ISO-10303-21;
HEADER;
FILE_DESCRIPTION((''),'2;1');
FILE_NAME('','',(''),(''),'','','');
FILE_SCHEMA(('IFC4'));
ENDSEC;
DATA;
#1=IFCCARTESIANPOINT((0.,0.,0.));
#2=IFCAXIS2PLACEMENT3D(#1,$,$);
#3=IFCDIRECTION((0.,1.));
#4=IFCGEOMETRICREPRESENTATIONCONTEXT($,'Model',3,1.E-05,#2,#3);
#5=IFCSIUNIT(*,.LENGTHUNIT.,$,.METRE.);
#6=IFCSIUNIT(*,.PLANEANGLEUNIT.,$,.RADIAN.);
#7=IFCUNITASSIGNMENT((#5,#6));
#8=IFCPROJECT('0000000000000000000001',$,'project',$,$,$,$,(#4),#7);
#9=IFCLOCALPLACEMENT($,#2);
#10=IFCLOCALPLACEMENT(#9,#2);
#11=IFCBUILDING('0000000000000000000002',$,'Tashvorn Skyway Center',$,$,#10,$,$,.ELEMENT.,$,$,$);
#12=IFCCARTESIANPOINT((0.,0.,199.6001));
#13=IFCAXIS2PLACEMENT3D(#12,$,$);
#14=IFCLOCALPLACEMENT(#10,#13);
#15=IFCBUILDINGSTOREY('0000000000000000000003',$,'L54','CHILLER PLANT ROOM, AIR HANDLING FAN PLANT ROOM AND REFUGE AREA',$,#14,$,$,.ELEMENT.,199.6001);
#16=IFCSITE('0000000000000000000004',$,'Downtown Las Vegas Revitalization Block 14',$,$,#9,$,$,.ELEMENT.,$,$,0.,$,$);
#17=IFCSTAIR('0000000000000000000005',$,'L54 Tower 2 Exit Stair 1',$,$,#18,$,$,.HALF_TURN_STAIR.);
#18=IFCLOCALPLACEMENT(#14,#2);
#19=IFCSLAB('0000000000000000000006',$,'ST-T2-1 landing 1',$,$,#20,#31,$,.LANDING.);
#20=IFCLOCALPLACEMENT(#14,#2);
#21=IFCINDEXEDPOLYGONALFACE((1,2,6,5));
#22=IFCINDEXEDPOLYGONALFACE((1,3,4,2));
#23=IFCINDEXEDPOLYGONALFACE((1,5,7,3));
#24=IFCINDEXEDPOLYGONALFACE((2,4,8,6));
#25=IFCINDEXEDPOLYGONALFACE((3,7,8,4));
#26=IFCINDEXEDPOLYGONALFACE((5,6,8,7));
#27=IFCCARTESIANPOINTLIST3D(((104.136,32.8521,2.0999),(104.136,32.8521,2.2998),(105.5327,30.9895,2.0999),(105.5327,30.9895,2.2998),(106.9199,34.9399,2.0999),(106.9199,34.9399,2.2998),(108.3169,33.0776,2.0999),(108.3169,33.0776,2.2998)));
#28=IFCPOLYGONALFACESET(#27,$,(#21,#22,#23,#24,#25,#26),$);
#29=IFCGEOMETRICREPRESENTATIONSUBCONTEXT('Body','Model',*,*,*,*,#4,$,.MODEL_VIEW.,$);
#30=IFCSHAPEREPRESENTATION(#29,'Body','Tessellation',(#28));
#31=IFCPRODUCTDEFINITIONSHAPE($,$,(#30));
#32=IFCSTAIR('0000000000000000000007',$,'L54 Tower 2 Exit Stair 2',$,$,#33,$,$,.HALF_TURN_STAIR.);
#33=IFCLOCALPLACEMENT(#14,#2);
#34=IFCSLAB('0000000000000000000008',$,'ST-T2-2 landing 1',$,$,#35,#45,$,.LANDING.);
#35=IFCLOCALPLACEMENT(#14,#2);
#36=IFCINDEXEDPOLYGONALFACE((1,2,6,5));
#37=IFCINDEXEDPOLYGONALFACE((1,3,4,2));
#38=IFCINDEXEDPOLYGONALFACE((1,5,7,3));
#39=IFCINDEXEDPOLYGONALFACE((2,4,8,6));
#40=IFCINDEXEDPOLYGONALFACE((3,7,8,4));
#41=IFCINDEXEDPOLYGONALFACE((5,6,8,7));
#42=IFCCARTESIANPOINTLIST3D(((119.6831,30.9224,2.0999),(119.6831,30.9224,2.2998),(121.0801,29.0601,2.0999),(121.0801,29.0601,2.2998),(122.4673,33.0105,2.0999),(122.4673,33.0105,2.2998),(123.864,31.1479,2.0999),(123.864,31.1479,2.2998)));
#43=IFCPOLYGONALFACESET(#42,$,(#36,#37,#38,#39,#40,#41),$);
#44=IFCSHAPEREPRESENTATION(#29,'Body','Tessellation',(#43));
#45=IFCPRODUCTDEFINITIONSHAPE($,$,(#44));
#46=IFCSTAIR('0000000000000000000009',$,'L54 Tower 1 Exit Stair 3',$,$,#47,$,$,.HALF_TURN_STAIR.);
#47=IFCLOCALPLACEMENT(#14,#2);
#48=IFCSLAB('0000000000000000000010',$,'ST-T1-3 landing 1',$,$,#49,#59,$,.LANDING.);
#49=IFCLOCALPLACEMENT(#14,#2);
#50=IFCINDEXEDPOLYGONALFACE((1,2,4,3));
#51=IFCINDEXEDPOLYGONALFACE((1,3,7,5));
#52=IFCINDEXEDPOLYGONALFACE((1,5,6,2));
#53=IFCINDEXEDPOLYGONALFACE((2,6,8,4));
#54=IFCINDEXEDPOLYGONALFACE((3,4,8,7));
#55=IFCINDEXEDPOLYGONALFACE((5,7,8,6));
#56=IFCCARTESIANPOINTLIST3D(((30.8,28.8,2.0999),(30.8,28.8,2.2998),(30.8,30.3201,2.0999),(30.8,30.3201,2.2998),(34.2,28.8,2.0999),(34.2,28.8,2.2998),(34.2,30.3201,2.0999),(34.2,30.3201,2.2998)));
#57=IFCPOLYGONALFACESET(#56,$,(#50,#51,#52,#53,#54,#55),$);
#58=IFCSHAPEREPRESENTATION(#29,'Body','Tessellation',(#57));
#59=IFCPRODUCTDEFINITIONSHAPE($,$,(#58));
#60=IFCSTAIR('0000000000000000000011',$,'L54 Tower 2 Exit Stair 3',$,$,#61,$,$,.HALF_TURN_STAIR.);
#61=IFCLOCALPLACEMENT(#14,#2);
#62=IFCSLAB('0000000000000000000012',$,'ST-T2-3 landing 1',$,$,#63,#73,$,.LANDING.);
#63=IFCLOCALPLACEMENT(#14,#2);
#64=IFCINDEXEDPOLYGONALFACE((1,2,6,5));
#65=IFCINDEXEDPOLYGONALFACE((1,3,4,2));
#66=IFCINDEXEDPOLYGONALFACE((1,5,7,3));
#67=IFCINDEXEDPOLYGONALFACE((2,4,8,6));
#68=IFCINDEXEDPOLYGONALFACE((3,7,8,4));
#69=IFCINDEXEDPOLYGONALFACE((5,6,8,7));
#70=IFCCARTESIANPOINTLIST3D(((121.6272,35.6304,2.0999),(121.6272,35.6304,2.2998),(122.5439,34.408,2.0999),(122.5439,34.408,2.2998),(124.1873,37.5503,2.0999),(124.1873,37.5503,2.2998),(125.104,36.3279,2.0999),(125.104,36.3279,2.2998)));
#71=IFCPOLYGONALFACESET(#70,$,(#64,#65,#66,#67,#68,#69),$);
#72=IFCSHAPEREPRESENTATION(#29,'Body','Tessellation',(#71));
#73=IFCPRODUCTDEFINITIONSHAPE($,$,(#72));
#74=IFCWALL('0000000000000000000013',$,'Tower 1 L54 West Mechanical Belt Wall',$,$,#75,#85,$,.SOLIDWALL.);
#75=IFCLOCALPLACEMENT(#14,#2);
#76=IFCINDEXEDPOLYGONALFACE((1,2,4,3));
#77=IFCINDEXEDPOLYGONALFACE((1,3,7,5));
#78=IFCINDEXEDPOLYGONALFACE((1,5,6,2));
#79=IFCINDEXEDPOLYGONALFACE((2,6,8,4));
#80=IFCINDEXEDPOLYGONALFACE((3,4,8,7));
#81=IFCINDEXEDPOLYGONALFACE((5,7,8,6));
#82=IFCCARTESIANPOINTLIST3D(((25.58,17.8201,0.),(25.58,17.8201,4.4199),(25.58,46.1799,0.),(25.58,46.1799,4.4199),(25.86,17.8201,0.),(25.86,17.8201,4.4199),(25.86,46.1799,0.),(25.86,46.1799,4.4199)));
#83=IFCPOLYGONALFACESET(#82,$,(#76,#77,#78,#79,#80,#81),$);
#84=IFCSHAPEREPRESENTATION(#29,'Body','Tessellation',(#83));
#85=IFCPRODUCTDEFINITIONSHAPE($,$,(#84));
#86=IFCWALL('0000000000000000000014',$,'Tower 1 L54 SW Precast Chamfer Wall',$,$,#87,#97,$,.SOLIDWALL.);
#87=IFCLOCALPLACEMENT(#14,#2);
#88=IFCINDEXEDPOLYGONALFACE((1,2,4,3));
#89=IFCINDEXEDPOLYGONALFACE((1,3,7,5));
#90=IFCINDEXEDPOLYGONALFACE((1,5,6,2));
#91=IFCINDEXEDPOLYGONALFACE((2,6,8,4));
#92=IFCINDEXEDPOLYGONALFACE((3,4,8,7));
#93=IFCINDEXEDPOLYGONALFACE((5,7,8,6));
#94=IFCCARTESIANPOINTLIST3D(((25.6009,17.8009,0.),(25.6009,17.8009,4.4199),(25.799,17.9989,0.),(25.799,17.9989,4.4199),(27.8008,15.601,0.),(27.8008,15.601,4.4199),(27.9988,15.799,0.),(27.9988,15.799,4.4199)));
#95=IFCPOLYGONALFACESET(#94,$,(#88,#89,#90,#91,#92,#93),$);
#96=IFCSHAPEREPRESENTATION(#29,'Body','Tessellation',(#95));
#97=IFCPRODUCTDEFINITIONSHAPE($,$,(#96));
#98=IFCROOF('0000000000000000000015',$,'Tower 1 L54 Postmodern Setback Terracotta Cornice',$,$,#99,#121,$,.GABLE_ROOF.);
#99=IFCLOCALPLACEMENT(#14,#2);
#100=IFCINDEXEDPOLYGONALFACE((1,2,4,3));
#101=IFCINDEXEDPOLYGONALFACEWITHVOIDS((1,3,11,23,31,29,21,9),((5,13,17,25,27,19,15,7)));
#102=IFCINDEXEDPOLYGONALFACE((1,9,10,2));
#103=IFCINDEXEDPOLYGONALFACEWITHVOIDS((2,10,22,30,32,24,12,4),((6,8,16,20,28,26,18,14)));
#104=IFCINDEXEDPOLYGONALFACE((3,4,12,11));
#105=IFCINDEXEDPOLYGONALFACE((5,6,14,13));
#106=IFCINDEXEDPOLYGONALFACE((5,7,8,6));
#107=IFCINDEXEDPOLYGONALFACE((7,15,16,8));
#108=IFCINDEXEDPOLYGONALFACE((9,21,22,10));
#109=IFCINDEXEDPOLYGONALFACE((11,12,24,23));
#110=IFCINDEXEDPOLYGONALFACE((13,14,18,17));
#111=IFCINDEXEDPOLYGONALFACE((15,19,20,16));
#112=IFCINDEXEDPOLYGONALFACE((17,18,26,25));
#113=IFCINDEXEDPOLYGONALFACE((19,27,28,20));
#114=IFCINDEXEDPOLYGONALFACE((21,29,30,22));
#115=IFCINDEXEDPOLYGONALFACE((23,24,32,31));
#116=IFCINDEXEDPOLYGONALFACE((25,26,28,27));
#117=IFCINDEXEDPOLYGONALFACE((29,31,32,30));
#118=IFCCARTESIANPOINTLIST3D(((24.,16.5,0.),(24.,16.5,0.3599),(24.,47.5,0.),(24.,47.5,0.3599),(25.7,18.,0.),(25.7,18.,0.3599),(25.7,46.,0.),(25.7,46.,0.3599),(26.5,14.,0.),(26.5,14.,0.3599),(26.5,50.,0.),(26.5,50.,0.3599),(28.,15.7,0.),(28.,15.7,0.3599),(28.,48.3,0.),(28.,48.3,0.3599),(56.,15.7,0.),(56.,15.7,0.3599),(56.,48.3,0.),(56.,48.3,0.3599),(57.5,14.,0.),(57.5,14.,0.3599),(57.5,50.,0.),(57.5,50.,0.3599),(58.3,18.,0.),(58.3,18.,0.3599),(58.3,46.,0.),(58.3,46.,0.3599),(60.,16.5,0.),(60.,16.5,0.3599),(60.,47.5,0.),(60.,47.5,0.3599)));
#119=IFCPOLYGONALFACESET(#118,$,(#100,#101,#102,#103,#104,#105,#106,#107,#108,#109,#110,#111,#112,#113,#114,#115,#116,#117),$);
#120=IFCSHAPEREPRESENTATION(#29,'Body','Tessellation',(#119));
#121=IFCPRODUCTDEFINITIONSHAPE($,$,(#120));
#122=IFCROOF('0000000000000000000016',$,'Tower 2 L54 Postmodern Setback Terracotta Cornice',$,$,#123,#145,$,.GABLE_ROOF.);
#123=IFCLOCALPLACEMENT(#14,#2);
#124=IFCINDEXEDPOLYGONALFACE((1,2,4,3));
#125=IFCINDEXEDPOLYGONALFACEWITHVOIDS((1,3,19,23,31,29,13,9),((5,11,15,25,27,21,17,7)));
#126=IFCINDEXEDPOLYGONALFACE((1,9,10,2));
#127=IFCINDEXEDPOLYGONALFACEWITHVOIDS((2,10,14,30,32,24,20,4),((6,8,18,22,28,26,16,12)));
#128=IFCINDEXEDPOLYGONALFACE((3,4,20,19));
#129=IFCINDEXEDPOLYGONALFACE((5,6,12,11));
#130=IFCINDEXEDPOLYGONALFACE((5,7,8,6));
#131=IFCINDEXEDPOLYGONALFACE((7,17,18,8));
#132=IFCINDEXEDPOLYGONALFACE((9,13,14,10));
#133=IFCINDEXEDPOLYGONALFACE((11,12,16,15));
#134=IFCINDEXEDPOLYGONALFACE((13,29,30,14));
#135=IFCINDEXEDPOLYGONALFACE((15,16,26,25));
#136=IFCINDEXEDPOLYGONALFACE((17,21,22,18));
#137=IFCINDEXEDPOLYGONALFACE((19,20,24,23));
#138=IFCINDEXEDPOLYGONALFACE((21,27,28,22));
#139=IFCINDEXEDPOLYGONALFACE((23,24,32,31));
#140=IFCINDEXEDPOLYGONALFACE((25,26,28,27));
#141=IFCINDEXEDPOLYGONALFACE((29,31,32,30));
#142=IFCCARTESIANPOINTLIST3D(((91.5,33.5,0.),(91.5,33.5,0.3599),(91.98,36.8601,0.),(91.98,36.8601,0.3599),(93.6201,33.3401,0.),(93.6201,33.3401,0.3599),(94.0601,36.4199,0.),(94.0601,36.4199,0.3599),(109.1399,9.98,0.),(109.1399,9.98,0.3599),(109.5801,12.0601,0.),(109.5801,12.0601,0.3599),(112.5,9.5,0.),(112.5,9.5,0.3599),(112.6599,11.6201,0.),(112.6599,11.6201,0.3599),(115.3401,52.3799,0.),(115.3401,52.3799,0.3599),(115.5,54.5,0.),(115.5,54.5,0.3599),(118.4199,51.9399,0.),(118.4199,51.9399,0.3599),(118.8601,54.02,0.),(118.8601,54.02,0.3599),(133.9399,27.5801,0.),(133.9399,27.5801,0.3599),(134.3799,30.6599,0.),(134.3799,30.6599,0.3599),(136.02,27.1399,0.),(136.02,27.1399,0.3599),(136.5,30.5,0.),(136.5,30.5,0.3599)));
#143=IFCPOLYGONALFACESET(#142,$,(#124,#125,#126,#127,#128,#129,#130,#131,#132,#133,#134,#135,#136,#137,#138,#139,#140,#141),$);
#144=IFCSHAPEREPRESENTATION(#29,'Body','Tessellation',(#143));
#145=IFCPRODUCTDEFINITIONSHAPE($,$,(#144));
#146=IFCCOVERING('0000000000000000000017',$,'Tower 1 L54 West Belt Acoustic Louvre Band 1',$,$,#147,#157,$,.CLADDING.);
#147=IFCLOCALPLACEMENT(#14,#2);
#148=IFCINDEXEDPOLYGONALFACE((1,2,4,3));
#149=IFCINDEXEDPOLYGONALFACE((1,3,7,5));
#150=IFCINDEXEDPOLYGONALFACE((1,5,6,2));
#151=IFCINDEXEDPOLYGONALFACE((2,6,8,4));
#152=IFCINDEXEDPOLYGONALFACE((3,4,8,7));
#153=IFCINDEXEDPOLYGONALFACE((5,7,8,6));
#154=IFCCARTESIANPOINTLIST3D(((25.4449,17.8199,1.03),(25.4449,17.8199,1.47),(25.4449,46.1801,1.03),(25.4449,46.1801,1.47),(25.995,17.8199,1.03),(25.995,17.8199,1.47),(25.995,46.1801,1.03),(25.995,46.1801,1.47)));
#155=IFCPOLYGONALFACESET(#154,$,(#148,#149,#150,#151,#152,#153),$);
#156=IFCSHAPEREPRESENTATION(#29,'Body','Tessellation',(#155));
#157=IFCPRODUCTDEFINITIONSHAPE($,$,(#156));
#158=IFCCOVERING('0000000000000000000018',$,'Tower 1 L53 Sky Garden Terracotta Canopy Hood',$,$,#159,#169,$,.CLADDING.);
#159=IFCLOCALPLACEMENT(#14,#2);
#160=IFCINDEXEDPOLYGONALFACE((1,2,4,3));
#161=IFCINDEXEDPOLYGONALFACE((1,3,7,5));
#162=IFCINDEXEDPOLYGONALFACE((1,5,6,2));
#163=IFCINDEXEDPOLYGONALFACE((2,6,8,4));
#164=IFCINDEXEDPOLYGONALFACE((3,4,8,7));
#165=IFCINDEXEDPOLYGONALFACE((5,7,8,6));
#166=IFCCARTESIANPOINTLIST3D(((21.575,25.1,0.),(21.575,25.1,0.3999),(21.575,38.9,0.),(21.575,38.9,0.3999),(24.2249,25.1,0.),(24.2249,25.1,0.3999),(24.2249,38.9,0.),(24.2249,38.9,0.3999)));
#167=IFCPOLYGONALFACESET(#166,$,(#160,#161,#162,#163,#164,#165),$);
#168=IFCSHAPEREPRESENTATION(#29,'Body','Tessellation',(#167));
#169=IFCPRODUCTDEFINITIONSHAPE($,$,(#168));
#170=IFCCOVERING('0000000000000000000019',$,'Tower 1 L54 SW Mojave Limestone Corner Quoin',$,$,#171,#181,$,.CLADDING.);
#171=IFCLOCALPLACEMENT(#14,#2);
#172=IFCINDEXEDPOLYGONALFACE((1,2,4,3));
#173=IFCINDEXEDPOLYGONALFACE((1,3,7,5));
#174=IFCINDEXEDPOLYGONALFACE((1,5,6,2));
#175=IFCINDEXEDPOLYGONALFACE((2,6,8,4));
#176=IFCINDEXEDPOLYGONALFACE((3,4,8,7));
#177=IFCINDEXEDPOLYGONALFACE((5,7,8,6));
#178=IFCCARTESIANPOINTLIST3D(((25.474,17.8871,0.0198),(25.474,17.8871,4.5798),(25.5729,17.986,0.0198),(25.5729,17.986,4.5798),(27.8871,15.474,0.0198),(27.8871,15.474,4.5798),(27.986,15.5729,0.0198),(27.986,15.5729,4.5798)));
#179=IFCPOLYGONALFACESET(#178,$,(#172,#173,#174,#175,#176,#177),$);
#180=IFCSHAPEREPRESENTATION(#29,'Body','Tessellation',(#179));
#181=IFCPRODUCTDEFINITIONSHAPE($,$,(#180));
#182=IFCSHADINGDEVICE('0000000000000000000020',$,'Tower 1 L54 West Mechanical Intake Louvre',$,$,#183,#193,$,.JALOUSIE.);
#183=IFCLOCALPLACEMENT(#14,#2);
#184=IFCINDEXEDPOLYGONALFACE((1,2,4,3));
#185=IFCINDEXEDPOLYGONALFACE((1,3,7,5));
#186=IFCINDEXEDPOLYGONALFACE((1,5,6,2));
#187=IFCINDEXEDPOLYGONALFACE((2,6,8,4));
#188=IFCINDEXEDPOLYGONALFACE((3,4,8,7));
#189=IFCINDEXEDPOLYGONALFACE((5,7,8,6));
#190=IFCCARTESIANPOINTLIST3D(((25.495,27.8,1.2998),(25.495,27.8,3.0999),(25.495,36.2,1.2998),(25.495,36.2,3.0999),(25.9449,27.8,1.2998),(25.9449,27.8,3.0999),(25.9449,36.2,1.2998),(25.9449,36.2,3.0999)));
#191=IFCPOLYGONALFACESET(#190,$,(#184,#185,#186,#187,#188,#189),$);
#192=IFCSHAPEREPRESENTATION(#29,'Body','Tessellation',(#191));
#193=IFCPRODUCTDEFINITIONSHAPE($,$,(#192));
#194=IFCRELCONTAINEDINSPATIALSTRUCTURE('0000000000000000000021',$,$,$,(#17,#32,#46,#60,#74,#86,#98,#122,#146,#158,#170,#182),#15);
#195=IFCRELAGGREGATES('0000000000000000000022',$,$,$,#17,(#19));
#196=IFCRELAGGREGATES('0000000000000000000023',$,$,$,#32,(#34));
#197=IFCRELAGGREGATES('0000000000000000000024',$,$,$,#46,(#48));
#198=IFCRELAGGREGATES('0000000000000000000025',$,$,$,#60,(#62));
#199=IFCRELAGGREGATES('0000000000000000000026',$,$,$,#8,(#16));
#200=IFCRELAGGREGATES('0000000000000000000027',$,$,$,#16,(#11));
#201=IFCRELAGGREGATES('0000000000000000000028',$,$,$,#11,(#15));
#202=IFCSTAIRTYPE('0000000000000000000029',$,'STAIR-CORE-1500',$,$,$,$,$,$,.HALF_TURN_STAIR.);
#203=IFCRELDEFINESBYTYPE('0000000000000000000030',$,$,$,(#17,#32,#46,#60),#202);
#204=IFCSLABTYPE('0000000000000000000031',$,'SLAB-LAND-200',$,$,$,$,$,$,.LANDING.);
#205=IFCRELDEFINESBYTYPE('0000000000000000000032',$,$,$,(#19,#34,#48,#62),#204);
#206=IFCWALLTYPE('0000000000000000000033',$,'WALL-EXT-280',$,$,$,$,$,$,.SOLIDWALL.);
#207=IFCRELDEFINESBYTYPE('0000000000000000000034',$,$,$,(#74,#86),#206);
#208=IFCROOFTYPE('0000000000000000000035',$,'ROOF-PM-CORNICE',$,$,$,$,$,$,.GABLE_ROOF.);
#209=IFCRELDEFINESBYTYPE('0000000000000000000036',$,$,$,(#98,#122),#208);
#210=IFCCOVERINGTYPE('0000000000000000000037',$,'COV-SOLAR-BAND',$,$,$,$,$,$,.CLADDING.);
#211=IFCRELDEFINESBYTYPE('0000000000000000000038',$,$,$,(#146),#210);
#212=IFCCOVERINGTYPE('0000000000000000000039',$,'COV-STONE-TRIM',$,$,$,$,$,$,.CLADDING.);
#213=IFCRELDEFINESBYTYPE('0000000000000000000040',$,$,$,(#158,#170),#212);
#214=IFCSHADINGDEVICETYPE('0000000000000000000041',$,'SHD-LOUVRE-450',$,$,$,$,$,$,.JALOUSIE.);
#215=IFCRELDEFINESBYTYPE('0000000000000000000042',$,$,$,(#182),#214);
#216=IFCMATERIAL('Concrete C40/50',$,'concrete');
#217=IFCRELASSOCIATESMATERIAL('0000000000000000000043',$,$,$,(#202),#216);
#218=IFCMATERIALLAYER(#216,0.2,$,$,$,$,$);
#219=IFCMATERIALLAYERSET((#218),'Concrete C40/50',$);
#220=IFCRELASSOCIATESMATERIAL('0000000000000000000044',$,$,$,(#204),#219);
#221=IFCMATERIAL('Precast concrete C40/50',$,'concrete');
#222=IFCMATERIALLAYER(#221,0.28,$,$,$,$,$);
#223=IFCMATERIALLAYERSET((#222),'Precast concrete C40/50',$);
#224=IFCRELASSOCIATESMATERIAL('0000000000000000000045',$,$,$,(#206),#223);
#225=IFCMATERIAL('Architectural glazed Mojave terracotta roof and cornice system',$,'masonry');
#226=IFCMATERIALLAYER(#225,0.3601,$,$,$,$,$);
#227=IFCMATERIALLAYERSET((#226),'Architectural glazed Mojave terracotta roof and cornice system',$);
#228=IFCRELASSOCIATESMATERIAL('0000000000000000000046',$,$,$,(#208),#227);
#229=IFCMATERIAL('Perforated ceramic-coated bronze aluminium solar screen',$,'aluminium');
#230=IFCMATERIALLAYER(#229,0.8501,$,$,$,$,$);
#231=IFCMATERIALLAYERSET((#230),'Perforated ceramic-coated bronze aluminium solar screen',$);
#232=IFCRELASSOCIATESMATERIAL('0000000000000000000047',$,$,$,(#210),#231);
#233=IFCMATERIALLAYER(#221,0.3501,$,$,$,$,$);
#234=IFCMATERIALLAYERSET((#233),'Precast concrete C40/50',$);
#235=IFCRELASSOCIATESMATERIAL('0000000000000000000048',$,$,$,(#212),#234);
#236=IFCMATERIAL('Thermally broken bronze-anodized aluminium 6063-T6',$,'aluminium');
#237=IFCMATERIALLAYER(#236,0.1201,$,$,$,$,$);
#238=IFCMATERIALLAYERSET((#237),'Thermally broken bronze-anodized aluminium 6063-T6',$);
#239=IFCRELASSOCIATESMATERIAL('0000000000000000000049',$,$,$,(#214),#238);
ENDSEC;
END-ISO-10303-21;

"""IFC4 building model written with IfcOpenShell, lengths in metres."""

from ifc_helpers import new_model, si_unit, direction, frame, frame_2d, origin, origin_2d, place, context, subcontext, project, spatial, polyline, rectangle, outline, extrude, material, layer, layer_set, type_object, element, aggregate, save


model = new_model("IFC4")

# Units and contexts
model_context = context("Model", 3, precision=1e-05, world=origin(), true_north=direction((0.0, 1.0)))
body_context = subcontext(model_context, "Body", "Model", "MODEL_VIEW")
ifc_project = project(units=[si_unit("LENGTHUNIT", "METRE"), si_unit("PLANEANGLEUNIT", "RADIAN")], contexts=[model_context])

# Site, building, storey
site_placement = place(None, origin())
site = spatial("IfcSite", under=ifc_project, at=site_placement, Name="Downtown Las Vegas Revitalization Block 14", CompositionType="ELEMENT", RefElevation=0.0)
building_placement = place(site_placement, origin())
building = spatial("IfcBuilding", under=site, at=building_placement, Name="Tashvorn Skyway Center", CompositionType="ELEMENT")
storey_placement = place(building_placement, frame((0.0, 0.0, 199.6001)))
storey = spatial("IfcBuildingStorey", under=building, at=storey_placement, Name="L54", Description="CHILLER PLANT ROOM, AIR HANDLING FAN PLANT ROOM AND REFUGE AREA", CompositionType="ELEMENT", Elevation=199.6001)

# Stairs, slabs
ifc_material_1 = material(Name="Concrete C40/50", Category="concrete")
stair_type = type_object("IfcStairType", Name="STAIR-CORE-1500", PredefinedType="HALF_TURN_STAIR", material=ifc_material_1)
ifc_layer_1 = layer(ifc_material_1, 0.2)
ifc_layer_set_1 = layer_set([ifc_layer_1], Name="Concrete C40/50")
slab_type_1 = type_object("IfcSlabType", Name="SLAB-LAND-200", PredefinedType="LANDING", material=ifc_layer_set_1)
stair_1_placement = place(storey_placement, origin())
stair_1 = element("IfcStair", 1, at=stair_1_placement, inside=storey, type_object=stair_type, Name="L54 Tower 2 Exit Stair 1", PredefinedType="HALF_TURN_STAIR")
slab_1_placement = place(storey_placement, frame((0.0, 0.0, 2.0999)))
slab_1 = element("IfcSlab", 2, at=slab_1_placement, type_object=slab_type_1, Name="ST-T2-1 landing 1", PredefinedType="LANDING", context=body_context, shape_type="SweptSolid", body=[
    extrude(outline(polyline([(108.3169, 33.0776), (106.9199, 34.9399), (104.136, 32.8521), (105.5327, 30.9895), (108.3169, 33.0776)])), origin(), (0.0, 0.0, 1.0), 0.2),
])
aggregate(stair_1, [slab_1])
stair_2_placement = place(storey_placement, origin())
stair_2 = element("IfcStair", 3, at=stair_2_placement, inside=storey, type_object=stair_type, Name="L54 Tower 2 Exit Stair 2", PredefinedType="HALF_TURN_STAIR")
slab_2_placement = place(storey_placement, frame((0.0, 0.0, 2.0999)))
slab_2 = element("IfcSlab", 4, at=slab_2_placement, type_object=slab_type_1, Name="ST-T2-2 landing 1", PredefinedType="LANDING", context=body_context, shape_type="SweptSolid", body=[
    extrude(outline(polyline([(119.6831, 30.9224), (121.0801, 29.0601), (123.864, 31.1479), (122.4673, 33.0105), (119.6831, 30.9224)])), origin(), (0.0, 0.0, 1.0), 0.2),
])
aggregate(stair_2, [slab_2])
stair_3_placement = place(storey_placement, origin())
stair_3 = element("IfcStair", 5, at=stair_3_placement, inside=storey, type_object=stair_type, Name="L54 Tower 1 Exit Stair 3", PredefinedType="HALF_TURN_STAIR")
slab_3_placement = place(storey_placement, frame((0.0, 0.0, 2.0999)))
slab_3 = element("IfcSlab", 6, at=slab_3_placement, type_object=slab_type_1, Name="ST-T1-3 landing 1", PredefinedType="LANDING", context=body_context, shape_type="SweptSolid", body=[
    extrude(outline(polyline([(30.8, 30.3201), (30.8, 28.8), (34.2, 28.8), (34.2, 30.3201), (30.8, 30.3201)])), origin(), (0.0, 0.0, 1.0), 0.2),
])
aggregate(stair_3, [slab_3])
stair_4_placement = place(storey_placement, origin())
stair_4 = element("IfcStair", 7, at=stair_4_placement, inside=storey, type_object=stair_type, Name="L54 Tower 2 Exit Stair 3", PredefinedType="HALF_TURN_STAIR")
slab_4_placement = place(storey_placement, frame((0.0, 0.0, 2.0999)))
slab_4 = element("IfcSlab", 8, at=slab_4_placement, type_object=slab_type_1, Name="ST-T2-3 landing 1", PredefinedType="LANDING", context=body_context, shape_type="SweptSolid", body=[
    extrude(outline(polyline([(121.6272, 35.6304), (122.5439, 34.408), (125.104, 36.3279), (124.1873, 37.5503), (121.6272, 35.6304)])), origin(), (0.0, 0.0, 1.0), 0.2),
])
aggregate(stair_4, [slab_4])

# Walls
ifc_material_2 = material(Name="Precast concrete C40/50", Category="concrete")
ifc_layer_2 = layer(ifc_material_2, 0.28)
ifc_layer_set_2 = layer_set([ifc_layer_2], Name="Precast concrete C40/50")
wall_type = type_object("IfcWallType", Name="WALL-EXT-280", PredefinedType="SOLIDWALL", material=ifc_layer_set_2)
wall_1_placement = place(storey_placement, frame((25.72, 17.8201, 0.0), z_axis=(0.0, 0.0, 1.0), x_axis=(0.0, 1.0, 0.0)))
element("IfcWall", 9, at=wall_1_placement, inside=storey, type_object=wall_type, Name="Tower 1 L54 West Mechanical Belt Wall", PredefinedType="SOLIDWALL", context=body_context, shape_type="SweptSolid", body=[
    extrude(rectangle(XDim=28.3599, YDim=0.28, at=frame_2d((14.1799, 0.0))), origin(), (0.0, 0.0, 1.0), 4.4199),
])
wall_2_placement = place(storey_placement, frame((27.8999, 15.7, 0.0), z_axis=(0.0, 0.0, 1.0), x_axis=(-0.707107, 0.707107, 0.0)))
element("IfcWall", 10, at=wall_2_placement, inside=storey, type_object=wall_type, Name="Tower 1 L54 SW Precast Chamfer Wall", PredefinedType="SOLIDWALL", context=body_context, shape_type="SweptSolid", body=[
    extrude(rectangle(XDim=3.1111, YDim=0.28, at=frame_2d((1.5557, 0.0))), origin(), (0.0, 0.0, 1.0), 4.4199),
])

# Roofs
ifc_material_3 = material(Name="Architectural glazed Mojave terracotta roof and cornice system", Category="masonry")
ifc_layer_3 = layer(ifc_material_3, 0.3601)
ifc_layer_set_3 = layer_set([ifc_layer_3], Name="Architectural glazed Mojave terracotta roof and cornice system")
roof_type = type_object("IfcRoofType", Name="ROOF-PM-CORNICE", PredefinedType="GABLE_ROOF", material=ifc_layer_set_3)
roof_1_placement = place(storey_placement, origin())
element("IfcRoof", 11, at=roof_1_placement, inside=storey, type_object=roof_type, Name="Tower 1 L54 Postmodern Setback Terracotta Cornice", PredefinedType="GABLE_ROOF", context=body_context, shape_type="SweptSolid", body=[
    extrude(outline(polyline([(26.5, 14.0), (57.5, 14.0), (60.0, 16.5), (60.0, 47.5), (57.5, 50.0), (26.5, 50.0), (24.0, 47.5), (24.0, 16.5), (26.5, 14.0)]), holes=[polyline([(28.0, 15.7), (56.0, 15.7), (58.3, 18.0), (58.3, 46.0), (56.0, 48.3), (28.0, 48.3), (25.7, 46.0), (25.7, 18.0), (28.0, 15.7)])]), origin(), (0.0, 0.0, 1.0), 0.3599),
])
roof_2_placement = place(storey_placement, origin())
element("IfcRoof", 12, at=roof_2_placement, inside=storey, type_object=roof_type, Name="Tower 2 L54 Postmodern Setback Terracotta Cornice", PredefinedType="GABLE_ROOF", context=body_context, shape_type="SweptSolid", body=[
    extrude(outline(polyline([(112.5, 9.5), (136.02, 27.1399), (136.5, 30.5), (118.8601, 54.02), (115.5, 54.5), (91.98, 36.8601), (91.5, 33.5), (109.1399, 9.98), (112.5, 9.5)]), holes=[polyline([(112.6599, 11.6201), (133.9399, 27.5801), (134.3799, 30.6599), (118.4199, 51.9399), (115.3401, 52.3799), (94.0601, 36.4199), (93.6201, 33.3401), (109.5801, 12.0601), (112.6599, 11.6201)])]), origin(), (0.0, 0.0, 1.0), 0.3599),
])

# Coverings
ifc_material_4 = material(Name="Perforated ceramic-coated bronze aluminium solar screen", Category="aluminium")
ifc_layer_4 = layer(ifc_material_4, 0.8501)
ifc_layer_set_4 = layer_set([ifc_layer_4], Name="Perforated ceramic-coated bronze aluminium solar screen")
covering_type_1 = type_object("IfcCoveringType", Name="COV-SOLAR-BAND", PredefinedType="CLADDING", material=ifc_layer_set_4)
covering_1_placement = place(storey_placement, frame((25.72, 32.0, 1.03), z_axis=(0.0, 0.0, 1.0), x_axis=(0.0, 1.0, 0.0)))
element("IfcCovering", 13, at=covering_1_placement, inside=storey, type_object=covering_type_1, Name="Tower 1 L54 West Belt Acoustic Louvre Band 1", PredefinedType="CLADDING", context=body_context, shape_type="SweptSolid", body=[
    extrude(rectangle(XDim=28.3601, YDim=0.55, at=origin_2d()), origin(), (0.0, 0.0, 1.0), 0.4399),
])
ifc_layer_5 = layer(ifc_material_2, 0.3501)
ifc_layer_set_5 = layer_set([ifc_layer_5], Name="Precast concrete C40/50")
covering_type_2 = type_object("IfcCoveringType", Name="COV-STONE-TRIM", PredefinedType="CLADDING", material=ifc_layer_set_5)
covering_2_placement = place(storey_placement, frame((22.8999, 32.0, 0.0), z_axis=(0.0, 0.0, 1.0), x_axis=(0.0, 1.0, 0.0)))
element("IfcCovering", 14, at=covering_2_placement, inside=storey, type_object=covering_type_2, Name="Tower 1 L53 Sky Garden Terracotta Canopy Hood", PredefinedType="CLADDING", context=body_context, shape_type="SweptSolid", body=[
    extrude(rectangle(XDim=13.8, YDim=2.6499, at=origin_2d()), origin(), (0.0, 0.0, 1.0), 0.3999),
])
covering_3_placement = place(storey_placement, frame((26.73, 16.73, 0.0198), z_axis=(0.0, 0.0, 1.0), x_axis=(-0.707107, 0.707107, 0.0)))
element("IfcCovering", 15, at=covering_3_placement, inside=storey, type_object=covering_type_2, Name="Tower 1 L54 SW Mojave Limestone Corner Quoin", PredefinedType="CLADDING", context=body_context, shape_type="SweptSolid", body=[
    extrude(rectangle(XDim=3.4126, YDim=0.1399, at=origin_2d()), origin(), (0.0, 0.0, 1.0), 4.5601),
])

# Shading device
ifc_material_5 = material(Name="Thermally broken bronze-anodized aluminium 6063-T6", Category="aluminium")
ifc_layer_6 = layer(ifc_material_5, 0.1201)
ifc_layer_set_6 = layer_set([ifc_layer_6], Name="Thermally broken bronze-anodized aluminium 6063-T6")
shading_device_type = type_object("IfcShadingDeviceType", Name="SHD-LOUVRE-450", PredefinedType="JALOUSIE", material=ifc_layer_set_6)
shading_device_placement = place(storey_placement, frame((25.72, 32.0, 1.2998), z_axis=(0.0, 0.0, 1.0), x_axis=(0.0, 1.0, 0.0)))
element("IfcShadingDevice", 16, at=shading_device_placement, inside=storey, type_object=shading_device_type, Name="Tower 1 L54 West Mechanical Intake Louvre", PredefinedType="JALOUSIE", context=body_context, shape_type="SweptSolid", body=[
    extrude(rectangle(XDim=8.3999, YDim=0.45, at=origin_2d()), origin(), (0.0, 0.0, 1.0), 1.8),
])

save(model, "model.ifc")
